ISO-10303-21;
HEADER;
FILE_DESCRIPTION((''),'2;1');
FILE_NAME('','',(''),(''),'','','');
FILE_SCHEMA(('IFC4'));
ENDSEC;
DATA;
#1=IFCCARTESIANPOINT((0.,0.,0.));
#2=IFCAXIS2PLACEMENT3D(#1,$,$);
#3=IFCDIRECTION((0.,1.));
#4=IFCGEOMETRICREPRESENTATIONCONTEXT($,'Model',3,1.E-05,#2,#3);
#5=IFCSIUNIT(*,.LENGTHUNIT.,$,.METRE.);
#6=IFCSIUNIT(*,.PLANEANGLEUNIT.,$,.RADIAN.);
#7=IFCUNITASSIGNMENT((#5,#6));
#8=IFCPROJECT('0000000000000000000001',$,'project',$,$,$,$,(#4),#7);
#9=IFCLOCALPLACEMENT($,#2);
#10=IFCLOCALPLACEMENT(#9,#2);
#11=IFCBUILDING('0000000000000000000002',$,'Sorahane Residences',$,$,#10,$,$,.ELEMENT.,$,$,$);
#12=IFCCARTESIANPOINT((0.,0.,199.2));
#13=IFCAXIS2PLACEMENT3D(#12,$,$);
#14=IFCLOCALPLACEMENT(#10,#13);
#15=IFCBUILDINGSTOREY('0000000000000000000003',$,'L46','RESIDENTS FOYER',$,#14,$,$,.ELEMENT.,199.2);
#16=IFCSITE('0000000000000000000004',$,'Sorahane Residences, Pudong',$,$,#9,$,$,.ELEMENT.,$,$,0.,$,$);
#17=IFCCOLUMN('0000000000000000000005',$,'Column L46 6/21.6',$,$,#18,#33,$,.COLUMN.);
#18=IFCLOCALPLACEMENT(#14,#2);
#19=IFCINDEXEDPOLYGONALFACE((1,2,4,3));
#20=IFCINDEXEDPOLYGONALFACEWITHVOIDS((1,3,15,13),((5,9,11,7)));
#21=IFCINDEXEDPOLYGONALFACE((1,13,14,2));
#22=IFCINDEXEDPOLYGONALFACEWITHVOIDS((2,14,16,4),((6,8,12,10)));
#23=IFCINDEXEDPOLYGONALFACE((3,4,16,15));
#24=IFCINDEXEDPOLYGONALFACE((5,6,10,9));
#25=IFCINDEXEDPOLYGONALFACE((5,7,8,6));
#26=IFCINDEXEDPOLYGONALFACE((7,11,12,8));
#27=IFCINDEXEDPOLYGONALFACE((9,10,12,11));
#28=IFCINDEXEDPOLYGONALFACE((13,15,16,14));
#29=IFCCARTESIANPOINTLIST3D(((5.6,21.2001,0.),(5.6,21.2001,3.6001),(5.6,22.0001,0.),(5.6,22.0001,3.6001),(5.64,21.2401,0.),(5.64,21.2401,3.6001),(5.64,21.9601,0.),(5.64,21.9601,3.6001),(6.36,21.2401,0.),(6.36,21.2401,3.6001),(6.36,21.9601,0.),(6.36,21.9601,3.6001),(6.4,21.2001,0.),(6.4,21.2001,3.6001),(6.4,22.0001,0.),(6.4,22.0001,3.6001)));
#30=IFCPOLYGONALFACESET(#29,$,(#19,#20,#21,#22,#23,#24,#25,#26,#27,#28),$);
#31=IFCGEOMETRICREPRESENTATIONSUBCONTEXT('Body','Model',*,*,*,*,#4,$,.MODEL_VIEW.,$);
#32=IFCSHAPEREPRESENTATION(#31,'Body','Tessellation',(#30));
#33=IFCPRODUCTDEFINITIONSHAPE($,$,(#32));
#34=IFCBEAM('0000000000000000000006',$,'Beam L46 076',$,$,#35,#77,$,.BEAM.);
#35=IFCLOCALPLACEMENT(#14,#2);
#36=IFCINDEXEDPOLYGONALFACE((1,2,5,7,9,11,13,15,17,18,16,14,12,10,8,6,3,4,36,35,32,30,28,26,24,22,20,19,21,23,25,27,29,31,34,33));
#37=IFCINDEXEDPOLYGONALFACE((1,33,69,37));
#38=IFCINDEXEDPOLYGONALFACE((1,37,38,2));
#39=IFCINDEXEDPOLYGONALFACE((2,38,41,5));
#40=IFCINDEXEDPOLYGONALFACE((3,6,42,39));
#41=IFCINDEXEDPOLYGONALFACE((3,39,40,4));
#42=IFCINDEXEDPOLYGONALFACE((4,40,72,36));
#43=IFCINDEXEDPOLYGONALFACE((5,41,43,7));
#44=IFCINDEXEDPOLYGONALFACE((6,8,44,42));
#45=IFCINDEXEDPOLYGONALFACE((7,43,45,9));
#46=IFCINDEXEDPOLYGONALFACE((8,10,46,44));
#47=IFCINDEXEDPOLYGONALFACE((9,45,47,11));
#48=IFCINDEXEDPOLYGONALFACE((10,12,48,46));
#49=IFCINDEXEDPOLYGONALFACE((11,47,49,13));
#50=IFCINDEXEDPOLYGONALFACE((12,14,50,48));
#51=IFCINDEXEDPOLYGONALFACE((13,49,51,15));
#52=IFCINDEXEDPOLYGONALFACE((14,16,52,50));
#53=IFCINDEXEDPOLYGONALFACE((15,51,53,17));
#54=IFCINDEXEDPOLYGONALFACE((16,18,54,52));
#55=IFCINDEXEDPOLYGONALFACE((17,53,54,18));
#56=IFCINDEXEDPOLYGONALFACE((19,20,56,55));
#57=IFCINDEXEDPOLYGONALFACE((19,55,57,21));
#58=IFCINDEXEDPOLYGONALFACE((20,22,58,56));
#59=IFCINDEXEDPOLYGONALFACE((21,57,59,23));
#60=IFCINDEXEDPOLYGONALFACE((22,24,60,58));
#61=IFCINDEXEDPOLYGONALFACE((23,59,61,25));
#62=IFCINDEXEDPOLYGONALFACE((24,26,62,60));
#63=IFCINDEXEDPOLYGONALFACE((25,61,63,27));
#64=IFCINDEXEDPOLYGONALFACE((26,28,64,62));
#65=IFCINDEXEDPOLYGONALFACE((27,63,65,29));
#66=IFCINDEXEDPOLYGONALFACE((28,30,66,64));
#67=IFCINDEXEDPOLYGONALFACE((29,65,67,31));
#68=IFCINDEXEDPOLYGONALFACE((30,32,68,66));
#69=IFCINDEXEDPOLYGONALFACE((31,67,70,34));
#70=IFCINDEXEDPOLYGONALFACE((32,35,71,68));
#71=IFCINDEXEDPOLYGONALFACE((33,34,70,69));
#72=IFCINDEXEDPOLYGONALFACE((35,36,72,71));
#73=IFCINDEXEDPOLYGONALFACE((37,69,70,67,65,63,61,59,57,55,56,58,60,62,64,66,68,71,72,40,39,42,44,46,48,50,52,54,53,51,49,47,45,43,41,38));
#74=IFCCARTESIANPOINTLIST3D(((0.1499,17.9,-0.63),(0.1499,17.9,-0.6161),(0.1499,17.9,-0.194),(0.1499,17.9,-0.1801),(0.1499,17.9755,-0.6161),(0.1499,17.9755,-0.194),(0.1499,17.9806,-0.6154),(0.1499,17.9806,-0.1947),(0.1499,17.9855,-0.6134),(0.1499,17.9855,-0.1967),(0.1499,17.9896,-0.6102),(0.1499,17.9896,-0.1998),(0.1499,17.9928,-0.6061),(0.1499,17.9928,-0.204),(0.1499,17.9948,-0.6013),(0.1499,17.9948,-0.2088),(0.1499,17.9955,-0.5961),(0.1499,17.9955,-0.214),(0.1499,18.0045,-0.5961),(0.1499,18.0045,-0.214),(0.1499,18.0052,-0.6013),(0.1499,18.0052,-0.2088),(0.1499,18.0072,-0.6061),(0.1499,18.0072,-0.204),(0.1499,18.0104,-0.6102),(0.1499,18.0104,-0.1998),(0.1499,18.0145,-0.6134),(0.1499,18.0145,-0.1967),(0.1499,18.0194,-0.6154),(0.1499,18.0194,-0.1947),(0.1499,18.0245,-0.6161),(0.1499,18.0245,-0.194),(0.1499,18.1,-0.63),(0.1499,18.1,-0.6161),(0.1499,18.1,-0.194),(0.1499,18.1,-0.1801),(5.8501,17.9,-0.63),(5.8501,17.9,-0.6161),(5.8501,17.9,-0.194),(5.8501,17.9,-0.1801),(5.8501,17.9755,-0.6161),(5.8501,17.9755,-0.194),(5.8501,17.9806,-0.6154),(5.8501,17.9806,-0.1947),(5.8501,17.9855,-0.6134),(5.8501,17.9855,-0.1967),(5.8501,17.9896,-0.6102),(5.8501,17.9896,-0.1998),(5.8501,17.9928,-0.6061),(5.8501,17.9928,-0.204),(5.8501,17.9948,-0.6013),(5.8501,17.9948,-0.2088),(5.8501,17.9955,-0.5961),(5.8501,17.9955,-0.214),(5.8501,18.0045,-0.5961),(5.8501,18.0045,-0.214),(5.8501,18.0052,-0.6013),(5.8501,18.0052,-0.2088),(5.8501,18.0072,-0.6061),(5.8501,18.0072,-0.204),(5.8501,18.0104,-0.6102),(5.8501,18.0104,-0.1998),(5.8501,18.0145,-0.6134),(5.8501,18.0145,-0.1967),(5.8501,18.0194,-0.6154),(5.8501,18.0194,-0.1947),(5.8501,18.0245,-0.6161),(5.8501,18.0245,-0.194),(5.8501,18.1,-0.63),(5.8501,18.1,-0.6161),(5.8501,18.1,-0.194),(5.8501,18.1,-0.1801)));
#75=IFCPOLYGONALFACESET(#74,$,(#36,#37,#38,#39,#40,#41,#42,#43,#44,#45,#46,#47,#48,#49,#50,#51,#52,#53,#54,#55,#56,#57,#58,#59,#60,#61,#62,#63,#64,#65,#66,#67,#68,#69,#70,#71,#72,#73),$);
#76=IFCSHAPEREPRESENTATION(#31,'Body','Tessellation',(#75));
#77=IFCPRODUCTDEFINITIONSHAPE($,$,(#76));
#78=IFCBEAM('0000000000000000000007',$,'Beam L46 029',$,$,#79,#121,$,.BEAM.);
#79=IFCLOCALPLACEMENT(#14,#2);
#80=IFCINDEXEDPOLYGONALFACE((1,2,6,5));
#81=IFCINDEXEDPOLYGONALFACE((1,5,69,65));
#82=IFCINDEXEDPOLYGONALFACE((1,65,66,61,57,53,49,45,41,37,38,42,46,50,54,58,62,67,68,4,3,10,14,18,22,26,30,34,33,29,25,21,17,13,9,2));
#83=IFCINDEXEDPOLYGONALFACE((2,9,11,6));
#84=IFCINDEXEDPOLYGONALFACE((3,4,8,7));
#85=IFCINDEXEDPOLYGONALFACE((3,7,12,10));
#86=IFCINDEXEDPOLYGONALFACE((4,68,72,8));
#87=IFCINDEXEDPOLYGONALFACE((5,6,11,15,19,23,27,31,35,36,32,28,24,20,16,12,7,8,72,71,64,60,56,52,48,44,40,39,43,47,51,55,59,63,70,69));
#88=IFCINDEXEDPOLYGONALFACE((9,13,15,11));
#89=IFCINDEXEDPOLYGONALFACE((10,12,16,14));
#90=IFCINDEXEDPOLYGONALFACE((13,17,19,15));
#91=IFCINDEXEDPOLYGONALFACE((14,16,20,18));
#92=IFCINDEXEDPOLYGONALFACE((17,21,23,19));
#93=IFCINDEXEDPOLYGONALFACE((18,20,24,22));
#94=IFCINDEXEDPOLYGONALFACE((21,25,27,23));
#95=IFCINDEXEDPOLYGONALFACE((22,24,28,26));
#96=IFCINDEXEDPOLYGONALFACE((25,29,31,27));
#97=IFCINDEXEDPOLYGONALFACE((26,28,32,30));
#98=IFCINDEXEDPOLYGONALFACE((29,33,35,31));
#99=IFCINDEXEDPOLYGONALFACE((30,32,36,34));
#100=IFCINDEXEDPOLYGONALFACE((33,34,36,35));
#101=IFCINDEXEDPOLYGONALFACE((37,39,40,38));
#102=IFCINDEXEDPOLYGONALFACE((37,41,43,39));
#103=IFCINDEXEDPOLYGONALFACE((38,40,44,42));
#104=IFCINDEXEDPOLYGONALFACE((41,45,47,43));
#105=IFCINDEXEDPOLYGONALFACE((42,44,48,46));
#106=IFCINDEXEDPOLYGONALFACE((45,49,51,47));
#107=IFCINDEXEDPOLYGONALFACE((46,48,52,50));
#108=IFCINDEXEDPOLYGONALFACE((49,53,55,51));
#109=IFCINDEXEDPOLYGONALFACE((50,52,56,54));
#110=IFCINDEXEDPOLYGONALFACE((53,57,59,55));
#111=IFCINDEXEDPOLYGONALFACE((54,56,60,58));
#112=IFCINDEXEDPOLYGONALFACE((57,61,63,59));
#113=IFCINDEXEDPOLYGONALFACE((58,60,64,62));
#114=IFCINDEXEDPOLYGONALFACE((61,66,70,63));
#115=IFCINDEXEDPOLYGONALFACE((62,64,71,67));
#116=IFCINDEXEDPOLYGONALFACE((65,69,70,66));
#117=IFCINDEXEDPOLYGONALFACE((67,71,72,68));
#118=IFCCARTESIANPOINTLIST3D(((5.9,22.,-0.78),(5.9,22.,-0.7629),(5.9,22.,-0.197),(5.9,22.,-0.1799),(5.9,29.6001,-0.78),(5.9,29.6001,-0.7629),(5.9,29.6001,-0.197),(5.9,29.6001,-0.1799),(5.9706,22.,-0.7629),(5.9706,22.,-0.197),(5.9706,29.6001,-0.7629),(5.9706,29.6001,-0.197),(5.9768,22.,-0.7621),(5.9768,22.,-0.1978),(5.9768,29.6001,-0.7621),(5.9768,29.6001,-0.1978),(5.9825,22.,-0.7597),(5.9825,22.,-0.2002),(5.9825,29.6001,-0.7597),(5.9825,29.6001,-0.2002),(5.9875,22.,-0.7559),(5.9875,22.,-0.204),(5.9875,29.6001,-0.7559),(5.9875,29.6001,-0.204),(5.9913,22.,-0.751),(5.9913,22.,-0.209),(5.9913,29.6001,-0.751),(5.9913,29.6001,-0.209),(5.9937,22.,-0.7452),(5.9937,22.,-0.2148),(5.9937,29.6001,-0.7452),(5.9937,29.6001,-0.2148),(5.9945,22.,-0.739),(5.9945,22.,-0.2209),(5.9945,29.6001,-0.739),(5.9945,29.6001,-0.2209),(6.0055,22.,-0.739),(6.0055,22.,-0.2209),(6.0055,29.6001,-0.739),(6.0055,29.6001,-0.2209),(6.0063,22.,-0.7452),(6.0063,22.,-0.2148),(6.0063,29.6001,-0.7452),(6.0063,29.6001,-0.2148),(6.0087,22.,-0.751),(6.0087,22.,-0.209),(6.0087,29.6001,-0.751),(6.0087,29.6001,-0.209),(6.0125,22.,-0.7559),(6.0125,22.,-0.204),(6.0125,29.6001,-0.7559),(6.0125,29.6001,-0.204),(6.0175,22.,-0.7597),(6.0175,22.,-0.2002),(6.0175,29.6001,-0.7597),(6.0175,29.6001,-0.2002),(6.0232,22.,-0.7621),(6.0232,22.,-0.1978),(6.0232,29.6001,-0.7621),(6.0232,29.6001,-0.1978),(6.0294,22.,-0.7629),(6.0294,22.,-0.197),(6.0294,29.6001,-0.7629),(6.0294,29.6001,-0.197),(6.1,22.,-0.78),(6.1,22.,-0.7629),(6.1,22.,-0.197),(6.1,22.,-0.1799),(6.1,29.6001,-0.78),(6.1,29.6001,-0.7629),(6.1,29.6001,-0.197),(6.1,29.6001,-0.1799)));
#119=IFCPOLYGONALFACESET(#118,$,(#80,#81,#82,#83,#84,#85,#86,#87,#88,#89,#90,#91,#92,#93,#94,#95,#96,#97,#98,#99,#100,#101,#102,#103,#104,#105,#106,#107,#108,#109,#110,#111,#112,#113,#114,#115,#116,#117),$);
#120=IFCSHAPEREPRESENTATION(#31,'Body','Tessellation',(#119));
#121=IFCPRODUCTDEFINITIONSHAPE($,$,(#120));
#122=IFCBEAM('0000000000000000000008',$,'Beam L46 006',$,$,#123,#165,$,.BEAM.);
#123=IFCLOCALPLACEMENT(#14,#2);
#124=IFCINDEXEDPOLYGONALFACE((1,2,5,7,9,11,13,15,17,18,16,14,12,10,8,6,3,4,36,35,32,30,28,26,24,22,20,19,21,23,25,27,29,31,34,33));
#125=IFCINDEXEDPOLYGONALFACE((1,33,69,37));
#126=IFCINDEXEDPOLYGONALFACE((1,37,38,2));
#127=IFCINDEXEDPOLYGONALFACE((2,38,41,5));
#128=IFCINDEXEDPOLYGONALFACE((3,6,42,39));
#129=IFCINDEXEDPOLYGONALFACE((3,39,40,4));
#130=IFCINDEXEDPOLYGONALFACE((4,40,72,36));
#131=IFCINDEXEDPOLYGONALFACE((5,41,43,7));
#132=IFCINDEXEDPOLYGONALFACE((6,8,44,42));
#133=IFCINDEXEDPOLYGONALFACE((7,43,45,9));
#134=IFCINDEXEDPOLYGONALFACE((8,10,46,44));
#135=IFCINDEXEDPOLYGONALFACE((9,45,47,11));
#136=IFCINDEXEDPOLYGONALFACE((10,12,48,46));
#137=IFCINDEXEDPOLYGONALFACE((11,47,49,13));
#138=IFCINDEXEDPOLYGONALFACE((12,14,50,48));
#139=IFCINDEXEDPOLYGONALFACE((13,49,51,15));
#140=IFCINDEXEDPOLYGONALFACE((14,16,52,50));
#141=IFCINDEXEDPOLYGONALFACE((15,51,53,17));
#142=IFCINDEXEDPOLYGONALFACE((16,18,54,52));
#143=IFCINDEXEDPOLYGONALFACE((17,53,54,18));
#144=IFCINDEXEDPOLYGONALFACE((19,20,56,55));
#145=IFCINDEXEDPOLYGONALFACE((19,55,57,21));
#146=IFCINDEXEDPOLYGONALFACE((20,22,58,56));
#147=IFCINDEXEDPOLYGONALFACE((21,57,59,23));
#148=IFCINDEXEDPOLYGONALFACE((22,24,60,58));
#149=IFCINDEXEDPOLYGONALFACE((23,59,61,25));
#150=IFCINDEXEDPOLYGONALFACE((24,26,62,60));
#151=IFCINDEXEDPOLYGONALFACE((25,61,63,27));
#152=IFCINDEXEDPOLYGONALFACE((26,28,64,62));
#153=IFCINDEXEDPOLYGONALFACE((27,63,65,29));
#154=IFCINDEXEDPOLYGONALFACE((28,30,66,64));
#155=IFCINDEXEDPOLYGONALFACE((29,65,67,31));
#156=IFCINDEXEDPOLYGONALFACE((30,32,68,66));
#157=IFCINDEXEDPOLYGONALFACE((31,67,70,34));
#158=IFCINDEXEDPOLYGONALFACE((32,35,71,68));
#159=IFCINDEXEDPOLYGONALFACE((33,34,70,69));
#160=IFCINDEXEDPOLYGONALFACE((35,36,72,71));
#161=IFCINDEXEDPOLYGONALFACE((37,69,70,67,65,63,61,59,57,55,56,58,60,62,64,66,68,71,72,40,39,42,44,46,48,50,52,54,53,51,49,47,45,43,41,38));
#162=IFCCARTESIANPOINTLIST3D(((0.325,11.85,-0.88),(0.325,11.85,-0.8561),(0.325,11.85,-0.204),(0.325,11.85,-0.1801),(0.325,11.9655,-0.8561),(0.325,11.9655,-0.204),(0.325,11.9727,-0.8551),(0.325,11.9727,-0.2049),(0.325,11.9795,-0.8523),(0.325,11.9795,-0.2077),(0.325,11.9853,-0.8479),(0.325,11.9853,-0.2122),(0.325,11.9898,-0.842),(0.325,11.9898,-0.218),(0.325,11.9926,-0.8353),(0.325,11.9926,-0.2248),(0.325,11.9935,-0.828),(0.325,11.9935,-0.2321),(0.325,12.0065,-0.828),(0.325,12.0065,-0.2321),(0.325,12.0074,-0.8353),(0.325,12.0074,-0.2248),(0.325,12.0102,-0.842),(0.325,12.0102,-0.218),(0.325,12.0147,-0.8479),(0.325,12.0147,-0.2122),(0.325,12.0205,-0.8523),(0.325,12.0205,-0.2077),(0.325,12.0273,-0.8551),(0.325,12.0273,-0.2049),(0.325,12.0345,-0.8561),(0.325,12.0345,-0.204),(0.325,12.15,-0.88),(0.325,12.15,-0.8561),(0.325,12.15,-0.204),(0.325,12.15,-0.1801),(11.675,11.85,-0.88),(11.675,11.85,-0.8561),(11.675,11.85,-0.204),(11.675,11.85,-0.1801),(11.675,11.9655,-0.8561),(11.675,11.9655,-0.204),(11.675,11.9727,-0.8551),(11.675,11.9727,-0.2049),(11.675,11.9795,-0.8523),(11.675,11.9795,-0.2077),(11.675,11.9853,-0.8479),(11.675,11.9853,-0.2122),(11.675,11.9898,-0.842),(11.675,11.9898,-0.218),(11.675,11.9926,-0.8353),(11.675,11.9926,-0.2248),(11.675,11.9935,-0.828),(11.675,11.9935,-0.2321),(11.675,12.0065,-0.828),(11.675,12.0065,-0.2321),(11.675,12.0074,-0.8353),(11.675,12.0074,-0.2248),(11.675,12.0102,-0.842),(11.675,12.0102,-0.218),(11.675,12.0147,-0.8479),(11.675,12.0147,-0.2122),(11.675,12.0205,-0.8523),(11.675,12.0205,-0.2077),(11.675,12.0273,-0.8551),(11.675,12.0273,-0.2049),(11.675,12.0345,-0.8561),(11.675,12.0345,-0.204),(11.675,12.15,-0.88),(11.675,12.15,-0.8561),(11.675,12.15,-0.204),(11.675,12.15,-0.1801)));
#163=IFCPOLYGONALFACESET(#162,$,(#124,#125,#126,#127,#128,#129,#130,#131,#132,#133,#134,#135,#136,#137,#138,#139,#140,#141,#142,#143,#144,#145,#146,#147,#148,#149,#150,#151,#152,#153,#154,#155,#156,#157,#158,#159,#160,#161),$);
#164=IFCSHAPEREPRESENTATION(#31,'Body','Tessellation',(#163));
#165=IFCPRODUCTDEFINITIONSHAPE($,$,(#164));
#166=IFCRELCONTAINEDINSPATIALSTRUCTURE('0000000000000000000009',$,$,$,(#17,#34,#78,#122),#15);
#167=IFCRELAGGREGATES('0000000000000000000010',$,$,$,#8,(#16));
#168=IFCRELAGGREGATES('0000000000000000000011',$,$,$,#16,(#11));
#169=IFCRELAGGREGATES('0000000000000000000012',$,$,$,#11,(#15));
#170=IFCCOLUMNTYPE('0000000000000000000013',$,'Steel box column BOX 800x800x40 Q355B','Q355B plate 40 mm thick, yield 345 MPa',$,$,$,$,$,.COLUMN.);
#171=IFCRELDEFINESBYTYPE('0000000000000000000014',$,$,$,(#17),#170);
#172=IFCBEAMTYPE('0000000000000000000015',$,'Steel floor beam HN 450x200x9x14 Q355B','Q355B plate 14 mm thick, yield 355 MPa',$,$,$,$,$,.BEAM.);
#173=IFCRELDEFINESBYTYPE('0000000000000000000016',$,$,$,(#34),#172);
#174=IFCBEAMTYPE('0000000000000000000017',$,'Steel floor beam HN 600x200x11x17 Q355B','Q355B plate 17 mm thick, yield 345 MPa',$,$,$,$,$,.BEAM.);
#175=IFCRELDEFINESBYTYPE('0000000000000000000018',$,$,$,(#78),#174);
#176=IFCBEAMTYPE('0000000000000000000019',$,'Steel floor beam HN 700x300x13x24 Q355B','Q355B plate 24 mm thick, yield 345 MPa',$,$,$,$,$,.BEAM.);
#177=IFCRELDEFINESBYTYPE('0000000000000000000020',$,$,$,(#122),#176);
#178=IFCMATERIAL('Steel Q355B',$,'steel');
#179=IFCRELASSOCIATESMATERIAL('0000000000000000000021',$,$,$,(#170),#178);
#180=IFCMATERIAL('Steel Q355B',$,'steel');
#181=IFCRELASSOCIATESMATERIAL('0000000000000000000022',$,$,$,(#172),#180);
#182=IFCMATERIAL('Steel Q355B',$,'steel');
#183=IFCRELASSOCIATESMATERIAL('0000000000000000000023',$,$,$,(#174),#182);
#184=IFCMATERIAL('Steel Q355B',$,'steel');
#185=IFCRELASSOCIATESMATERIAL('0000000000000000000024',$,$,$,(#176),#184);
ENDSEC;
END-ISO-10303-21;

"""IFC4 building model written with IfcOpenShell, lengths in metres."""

from ifc_helpers import new_model, si_unit, direction, frame, origin, origin_2d, place, context, subcontext, project, spatial, hollow_rectangle, i_section, extrude, material, material_profile, profile_set, type_object, element, save


model = new_model("IFC4")

# Units and contexts
model_context = context("Model", 3, precision=1e-05, world=origin(), true_north=direction((0.0, 1.0)))
body_context = subcontext(model_context, "Body", "Model", "MODEL_VIEW")
ifc_project = project(units=[si_unit("LENGTHUNIT", "METRE"), si_unit("PLANEANGLEUNIT", "RADIAN")], contexts=[model_context])

# Site, building, storey
site_placement = place(None, origin())
site = spatial("IfcSite", under=ifc_project, at=site_placement, Name="Sorahane Residences, Pudong", CompositionType="ELEMENT", RefElevation=0.0)
building_placement = place(site_placement, origin())
building = spatial("IfcBuilding", under=site, at=building_placement, Name="Sorahane Residences", CompositionType="ELEMENT")
storey_placement = place(building_placement, frame((0.0, 0.0, 199.2)))
storey = spatial("IfcBuildingStorey", under=building, at=storey_placement, Name="L46", Description="RESIDENTS FOYER", CompositionType="ELEMENT", Elevation=199.2)

# Column
ifc_material_1 = material(Name="Steel Q355B", Category="steel")
ifc_material_profile_1 = material_profile(ifc_material_1, hollow_rectangle(XDim=0.8, YDim=0.8, WallThickness=0.04, at=origin_2d()), Name="BOX 800x800x40")
ifc_profile_set_1 = profile_set([ifc_material_profile_1], Name="Steel Q355B")
column_type = type_object("IfcColumnType", Name="Steel box column BOX 800x800x40 Q355B", Description="Q355B plate 40 mm thick, yield 345 MPa", PredefinedType="COLUMN", material=ifc_profile_set_1)
column_placement = place(storey_placement, frame((6.0, 21.6001, 0.0), z_axis=(0.0, 0.0, 1.0), x_axis=(1.0, 0.0, 0.0)))
element("IfcColumn", 1, at=column_placement, inside=storey, type_object=column_type, Name="Column L46 6/21.6", PredefinedType="COLUMN", context=body_context, shape_type="SweptSolid", body=[
    extrude(hollow_rectangle(XDim=0.8, YDim=0.8, WallThickness=0.04, at=origin_2d()), origin(), (0.0, 0.0, 1.0), 3.6001),
])

# Beams
ifc_material_2 = material(Name="Steel Q355B", Category="steel")
ifc_material_profile_2 = material_profile(ifc_material_2, i_section(OverallWidth=0.2, OverallDepth=0.45, WebThickness=0.009, FlangeThickness=0.0139, FilletRadius=0.02, at=origin_2d()), Name="HN 450x200x9x14")
ifc_profile_set_2 = profile_set([ifc_material_profile_2], Name="Steel Q355B")
beam_type_1 = type_object("IfcBeamType", Name="Steel floor beam HN 450x200x9x14 Q355B", Description="Q355B plate 14 mm thick, yield 355 MPa", PredefinedType="BEAM", material=ifc_profile_set_2)
beam_1_placement = place(storey_placement, frame((0.1499, 18.0, -0.405), z_axis=(1.0, 0.0, 0.0), x_axis=(0.0, 1.0, 0.0)))
element("IfcBeam", 2, at=beam_1_placement, inside=storey, type_object=beam_type_1, Name="Beam L46 076", PredefinedType="BEAM", context=body_context, shape_type="SweptSolid", body=[
    extrude(i_section(OverallWidth=0.2, OverallDepth=0.45, WebThickness=0.009, FlangeThickness=0.0139, FilletRadius=0.02, at=origin_2d()), origin(), (0.0, 0.0, 1.0), 5.7002),
])
ifc_material_3 = material(Name="Steel Q355B", Category="steel")
ifc_material_profile_3 = material_profile(ifc_material_3, i_section(OverallWidth=0.2, OverallDepth=0.6001, WebThickness=0.011, FlangeThickness=0.0171, FilletRadius=0.0239, at=origin_2d()), Name="HN 600x200x11x17")
ifc_profile_set_3 = profile_set([ifc_material_profile_3], Name="Steel Q355B")
beam_type_2 = type_object("IfcBeamType", Name="Steel floor beam HN 600x200x11x17 Q355B", Description="Q355B plate 17 mm thick, yield 345 MPa", PredefinedType="BEAM", material=ifc_profile_set_3)
beam_2_placement = place(storey_placement, frame((6.0, 22.0, -0.48), z_axis=(0.0, 1.0, 0.0), x_axis=(-1.0, 0.0, 0.0)))
element("IfcBeam", 3, at=beam_2_placement, inside=storey, type_object=beam_type_2, Name="Beam L46 029", PredefinedType="BEAM", context=body_context, shape_type="SweptSolid", body=[
    extrude(i_section(OverallWidth=0.2, OverallDepth=0.6001, WebThickness=0.011, FlangeThickness=0.0171, FilletRadius=0.0239, at=origin_2d()), origin(), (0.0, 0.0, 1.0), 7.6001),
])
ifc_material_4 = material(Name="Steel Q355B", Category="steel")
ifc_material_profile_4 = material_profile(ifc_material_4, i_section(OverallWidth=0.3, OverallDepth=0.7, WebThickness=0.0129, FlangeThickness=0.0239, FilletRadius=0.0281, at=origin_2d()), Name="HN 700x300x13x24")
ifc_profile_set_4 = profile_set([ifc_material_profile_4], Name="Steel Q355B")
beam_type_3 = type_object("IfcBeamType", Name="Steel floor beam HN 700x300x13x24 Q355B", Description="Q355B plate 24 mm thick, yield 345 MPa", PredefinedType="BEAM", material=ifc_profile_set_4)
beam_3_placement = place(storey_placement, frame((0.325, 12.0, -0.53), z_axis=(1.0, 0.0, 0.0), x_axis=(0.0, 1.0, 0.0)))
element("IfcBeam", 4, at=beam_3_placement, inside=storey, type_object=beam_type_3, Name="Beam L46 006", PredefinedType="BEAM", context=body_context, shape_type="SweptSolid", body=[
    extrude(i_section(OverallWidth=0.3, OverallDepth=0.7, WebThickness=0.0129, FlangeThickness=0.0239, FilletRadius=0.0281, at=origin_2d()), origin(), (0.0, 0.0, 1.0), 11.3501),
])

save(model, "model.ifc")
